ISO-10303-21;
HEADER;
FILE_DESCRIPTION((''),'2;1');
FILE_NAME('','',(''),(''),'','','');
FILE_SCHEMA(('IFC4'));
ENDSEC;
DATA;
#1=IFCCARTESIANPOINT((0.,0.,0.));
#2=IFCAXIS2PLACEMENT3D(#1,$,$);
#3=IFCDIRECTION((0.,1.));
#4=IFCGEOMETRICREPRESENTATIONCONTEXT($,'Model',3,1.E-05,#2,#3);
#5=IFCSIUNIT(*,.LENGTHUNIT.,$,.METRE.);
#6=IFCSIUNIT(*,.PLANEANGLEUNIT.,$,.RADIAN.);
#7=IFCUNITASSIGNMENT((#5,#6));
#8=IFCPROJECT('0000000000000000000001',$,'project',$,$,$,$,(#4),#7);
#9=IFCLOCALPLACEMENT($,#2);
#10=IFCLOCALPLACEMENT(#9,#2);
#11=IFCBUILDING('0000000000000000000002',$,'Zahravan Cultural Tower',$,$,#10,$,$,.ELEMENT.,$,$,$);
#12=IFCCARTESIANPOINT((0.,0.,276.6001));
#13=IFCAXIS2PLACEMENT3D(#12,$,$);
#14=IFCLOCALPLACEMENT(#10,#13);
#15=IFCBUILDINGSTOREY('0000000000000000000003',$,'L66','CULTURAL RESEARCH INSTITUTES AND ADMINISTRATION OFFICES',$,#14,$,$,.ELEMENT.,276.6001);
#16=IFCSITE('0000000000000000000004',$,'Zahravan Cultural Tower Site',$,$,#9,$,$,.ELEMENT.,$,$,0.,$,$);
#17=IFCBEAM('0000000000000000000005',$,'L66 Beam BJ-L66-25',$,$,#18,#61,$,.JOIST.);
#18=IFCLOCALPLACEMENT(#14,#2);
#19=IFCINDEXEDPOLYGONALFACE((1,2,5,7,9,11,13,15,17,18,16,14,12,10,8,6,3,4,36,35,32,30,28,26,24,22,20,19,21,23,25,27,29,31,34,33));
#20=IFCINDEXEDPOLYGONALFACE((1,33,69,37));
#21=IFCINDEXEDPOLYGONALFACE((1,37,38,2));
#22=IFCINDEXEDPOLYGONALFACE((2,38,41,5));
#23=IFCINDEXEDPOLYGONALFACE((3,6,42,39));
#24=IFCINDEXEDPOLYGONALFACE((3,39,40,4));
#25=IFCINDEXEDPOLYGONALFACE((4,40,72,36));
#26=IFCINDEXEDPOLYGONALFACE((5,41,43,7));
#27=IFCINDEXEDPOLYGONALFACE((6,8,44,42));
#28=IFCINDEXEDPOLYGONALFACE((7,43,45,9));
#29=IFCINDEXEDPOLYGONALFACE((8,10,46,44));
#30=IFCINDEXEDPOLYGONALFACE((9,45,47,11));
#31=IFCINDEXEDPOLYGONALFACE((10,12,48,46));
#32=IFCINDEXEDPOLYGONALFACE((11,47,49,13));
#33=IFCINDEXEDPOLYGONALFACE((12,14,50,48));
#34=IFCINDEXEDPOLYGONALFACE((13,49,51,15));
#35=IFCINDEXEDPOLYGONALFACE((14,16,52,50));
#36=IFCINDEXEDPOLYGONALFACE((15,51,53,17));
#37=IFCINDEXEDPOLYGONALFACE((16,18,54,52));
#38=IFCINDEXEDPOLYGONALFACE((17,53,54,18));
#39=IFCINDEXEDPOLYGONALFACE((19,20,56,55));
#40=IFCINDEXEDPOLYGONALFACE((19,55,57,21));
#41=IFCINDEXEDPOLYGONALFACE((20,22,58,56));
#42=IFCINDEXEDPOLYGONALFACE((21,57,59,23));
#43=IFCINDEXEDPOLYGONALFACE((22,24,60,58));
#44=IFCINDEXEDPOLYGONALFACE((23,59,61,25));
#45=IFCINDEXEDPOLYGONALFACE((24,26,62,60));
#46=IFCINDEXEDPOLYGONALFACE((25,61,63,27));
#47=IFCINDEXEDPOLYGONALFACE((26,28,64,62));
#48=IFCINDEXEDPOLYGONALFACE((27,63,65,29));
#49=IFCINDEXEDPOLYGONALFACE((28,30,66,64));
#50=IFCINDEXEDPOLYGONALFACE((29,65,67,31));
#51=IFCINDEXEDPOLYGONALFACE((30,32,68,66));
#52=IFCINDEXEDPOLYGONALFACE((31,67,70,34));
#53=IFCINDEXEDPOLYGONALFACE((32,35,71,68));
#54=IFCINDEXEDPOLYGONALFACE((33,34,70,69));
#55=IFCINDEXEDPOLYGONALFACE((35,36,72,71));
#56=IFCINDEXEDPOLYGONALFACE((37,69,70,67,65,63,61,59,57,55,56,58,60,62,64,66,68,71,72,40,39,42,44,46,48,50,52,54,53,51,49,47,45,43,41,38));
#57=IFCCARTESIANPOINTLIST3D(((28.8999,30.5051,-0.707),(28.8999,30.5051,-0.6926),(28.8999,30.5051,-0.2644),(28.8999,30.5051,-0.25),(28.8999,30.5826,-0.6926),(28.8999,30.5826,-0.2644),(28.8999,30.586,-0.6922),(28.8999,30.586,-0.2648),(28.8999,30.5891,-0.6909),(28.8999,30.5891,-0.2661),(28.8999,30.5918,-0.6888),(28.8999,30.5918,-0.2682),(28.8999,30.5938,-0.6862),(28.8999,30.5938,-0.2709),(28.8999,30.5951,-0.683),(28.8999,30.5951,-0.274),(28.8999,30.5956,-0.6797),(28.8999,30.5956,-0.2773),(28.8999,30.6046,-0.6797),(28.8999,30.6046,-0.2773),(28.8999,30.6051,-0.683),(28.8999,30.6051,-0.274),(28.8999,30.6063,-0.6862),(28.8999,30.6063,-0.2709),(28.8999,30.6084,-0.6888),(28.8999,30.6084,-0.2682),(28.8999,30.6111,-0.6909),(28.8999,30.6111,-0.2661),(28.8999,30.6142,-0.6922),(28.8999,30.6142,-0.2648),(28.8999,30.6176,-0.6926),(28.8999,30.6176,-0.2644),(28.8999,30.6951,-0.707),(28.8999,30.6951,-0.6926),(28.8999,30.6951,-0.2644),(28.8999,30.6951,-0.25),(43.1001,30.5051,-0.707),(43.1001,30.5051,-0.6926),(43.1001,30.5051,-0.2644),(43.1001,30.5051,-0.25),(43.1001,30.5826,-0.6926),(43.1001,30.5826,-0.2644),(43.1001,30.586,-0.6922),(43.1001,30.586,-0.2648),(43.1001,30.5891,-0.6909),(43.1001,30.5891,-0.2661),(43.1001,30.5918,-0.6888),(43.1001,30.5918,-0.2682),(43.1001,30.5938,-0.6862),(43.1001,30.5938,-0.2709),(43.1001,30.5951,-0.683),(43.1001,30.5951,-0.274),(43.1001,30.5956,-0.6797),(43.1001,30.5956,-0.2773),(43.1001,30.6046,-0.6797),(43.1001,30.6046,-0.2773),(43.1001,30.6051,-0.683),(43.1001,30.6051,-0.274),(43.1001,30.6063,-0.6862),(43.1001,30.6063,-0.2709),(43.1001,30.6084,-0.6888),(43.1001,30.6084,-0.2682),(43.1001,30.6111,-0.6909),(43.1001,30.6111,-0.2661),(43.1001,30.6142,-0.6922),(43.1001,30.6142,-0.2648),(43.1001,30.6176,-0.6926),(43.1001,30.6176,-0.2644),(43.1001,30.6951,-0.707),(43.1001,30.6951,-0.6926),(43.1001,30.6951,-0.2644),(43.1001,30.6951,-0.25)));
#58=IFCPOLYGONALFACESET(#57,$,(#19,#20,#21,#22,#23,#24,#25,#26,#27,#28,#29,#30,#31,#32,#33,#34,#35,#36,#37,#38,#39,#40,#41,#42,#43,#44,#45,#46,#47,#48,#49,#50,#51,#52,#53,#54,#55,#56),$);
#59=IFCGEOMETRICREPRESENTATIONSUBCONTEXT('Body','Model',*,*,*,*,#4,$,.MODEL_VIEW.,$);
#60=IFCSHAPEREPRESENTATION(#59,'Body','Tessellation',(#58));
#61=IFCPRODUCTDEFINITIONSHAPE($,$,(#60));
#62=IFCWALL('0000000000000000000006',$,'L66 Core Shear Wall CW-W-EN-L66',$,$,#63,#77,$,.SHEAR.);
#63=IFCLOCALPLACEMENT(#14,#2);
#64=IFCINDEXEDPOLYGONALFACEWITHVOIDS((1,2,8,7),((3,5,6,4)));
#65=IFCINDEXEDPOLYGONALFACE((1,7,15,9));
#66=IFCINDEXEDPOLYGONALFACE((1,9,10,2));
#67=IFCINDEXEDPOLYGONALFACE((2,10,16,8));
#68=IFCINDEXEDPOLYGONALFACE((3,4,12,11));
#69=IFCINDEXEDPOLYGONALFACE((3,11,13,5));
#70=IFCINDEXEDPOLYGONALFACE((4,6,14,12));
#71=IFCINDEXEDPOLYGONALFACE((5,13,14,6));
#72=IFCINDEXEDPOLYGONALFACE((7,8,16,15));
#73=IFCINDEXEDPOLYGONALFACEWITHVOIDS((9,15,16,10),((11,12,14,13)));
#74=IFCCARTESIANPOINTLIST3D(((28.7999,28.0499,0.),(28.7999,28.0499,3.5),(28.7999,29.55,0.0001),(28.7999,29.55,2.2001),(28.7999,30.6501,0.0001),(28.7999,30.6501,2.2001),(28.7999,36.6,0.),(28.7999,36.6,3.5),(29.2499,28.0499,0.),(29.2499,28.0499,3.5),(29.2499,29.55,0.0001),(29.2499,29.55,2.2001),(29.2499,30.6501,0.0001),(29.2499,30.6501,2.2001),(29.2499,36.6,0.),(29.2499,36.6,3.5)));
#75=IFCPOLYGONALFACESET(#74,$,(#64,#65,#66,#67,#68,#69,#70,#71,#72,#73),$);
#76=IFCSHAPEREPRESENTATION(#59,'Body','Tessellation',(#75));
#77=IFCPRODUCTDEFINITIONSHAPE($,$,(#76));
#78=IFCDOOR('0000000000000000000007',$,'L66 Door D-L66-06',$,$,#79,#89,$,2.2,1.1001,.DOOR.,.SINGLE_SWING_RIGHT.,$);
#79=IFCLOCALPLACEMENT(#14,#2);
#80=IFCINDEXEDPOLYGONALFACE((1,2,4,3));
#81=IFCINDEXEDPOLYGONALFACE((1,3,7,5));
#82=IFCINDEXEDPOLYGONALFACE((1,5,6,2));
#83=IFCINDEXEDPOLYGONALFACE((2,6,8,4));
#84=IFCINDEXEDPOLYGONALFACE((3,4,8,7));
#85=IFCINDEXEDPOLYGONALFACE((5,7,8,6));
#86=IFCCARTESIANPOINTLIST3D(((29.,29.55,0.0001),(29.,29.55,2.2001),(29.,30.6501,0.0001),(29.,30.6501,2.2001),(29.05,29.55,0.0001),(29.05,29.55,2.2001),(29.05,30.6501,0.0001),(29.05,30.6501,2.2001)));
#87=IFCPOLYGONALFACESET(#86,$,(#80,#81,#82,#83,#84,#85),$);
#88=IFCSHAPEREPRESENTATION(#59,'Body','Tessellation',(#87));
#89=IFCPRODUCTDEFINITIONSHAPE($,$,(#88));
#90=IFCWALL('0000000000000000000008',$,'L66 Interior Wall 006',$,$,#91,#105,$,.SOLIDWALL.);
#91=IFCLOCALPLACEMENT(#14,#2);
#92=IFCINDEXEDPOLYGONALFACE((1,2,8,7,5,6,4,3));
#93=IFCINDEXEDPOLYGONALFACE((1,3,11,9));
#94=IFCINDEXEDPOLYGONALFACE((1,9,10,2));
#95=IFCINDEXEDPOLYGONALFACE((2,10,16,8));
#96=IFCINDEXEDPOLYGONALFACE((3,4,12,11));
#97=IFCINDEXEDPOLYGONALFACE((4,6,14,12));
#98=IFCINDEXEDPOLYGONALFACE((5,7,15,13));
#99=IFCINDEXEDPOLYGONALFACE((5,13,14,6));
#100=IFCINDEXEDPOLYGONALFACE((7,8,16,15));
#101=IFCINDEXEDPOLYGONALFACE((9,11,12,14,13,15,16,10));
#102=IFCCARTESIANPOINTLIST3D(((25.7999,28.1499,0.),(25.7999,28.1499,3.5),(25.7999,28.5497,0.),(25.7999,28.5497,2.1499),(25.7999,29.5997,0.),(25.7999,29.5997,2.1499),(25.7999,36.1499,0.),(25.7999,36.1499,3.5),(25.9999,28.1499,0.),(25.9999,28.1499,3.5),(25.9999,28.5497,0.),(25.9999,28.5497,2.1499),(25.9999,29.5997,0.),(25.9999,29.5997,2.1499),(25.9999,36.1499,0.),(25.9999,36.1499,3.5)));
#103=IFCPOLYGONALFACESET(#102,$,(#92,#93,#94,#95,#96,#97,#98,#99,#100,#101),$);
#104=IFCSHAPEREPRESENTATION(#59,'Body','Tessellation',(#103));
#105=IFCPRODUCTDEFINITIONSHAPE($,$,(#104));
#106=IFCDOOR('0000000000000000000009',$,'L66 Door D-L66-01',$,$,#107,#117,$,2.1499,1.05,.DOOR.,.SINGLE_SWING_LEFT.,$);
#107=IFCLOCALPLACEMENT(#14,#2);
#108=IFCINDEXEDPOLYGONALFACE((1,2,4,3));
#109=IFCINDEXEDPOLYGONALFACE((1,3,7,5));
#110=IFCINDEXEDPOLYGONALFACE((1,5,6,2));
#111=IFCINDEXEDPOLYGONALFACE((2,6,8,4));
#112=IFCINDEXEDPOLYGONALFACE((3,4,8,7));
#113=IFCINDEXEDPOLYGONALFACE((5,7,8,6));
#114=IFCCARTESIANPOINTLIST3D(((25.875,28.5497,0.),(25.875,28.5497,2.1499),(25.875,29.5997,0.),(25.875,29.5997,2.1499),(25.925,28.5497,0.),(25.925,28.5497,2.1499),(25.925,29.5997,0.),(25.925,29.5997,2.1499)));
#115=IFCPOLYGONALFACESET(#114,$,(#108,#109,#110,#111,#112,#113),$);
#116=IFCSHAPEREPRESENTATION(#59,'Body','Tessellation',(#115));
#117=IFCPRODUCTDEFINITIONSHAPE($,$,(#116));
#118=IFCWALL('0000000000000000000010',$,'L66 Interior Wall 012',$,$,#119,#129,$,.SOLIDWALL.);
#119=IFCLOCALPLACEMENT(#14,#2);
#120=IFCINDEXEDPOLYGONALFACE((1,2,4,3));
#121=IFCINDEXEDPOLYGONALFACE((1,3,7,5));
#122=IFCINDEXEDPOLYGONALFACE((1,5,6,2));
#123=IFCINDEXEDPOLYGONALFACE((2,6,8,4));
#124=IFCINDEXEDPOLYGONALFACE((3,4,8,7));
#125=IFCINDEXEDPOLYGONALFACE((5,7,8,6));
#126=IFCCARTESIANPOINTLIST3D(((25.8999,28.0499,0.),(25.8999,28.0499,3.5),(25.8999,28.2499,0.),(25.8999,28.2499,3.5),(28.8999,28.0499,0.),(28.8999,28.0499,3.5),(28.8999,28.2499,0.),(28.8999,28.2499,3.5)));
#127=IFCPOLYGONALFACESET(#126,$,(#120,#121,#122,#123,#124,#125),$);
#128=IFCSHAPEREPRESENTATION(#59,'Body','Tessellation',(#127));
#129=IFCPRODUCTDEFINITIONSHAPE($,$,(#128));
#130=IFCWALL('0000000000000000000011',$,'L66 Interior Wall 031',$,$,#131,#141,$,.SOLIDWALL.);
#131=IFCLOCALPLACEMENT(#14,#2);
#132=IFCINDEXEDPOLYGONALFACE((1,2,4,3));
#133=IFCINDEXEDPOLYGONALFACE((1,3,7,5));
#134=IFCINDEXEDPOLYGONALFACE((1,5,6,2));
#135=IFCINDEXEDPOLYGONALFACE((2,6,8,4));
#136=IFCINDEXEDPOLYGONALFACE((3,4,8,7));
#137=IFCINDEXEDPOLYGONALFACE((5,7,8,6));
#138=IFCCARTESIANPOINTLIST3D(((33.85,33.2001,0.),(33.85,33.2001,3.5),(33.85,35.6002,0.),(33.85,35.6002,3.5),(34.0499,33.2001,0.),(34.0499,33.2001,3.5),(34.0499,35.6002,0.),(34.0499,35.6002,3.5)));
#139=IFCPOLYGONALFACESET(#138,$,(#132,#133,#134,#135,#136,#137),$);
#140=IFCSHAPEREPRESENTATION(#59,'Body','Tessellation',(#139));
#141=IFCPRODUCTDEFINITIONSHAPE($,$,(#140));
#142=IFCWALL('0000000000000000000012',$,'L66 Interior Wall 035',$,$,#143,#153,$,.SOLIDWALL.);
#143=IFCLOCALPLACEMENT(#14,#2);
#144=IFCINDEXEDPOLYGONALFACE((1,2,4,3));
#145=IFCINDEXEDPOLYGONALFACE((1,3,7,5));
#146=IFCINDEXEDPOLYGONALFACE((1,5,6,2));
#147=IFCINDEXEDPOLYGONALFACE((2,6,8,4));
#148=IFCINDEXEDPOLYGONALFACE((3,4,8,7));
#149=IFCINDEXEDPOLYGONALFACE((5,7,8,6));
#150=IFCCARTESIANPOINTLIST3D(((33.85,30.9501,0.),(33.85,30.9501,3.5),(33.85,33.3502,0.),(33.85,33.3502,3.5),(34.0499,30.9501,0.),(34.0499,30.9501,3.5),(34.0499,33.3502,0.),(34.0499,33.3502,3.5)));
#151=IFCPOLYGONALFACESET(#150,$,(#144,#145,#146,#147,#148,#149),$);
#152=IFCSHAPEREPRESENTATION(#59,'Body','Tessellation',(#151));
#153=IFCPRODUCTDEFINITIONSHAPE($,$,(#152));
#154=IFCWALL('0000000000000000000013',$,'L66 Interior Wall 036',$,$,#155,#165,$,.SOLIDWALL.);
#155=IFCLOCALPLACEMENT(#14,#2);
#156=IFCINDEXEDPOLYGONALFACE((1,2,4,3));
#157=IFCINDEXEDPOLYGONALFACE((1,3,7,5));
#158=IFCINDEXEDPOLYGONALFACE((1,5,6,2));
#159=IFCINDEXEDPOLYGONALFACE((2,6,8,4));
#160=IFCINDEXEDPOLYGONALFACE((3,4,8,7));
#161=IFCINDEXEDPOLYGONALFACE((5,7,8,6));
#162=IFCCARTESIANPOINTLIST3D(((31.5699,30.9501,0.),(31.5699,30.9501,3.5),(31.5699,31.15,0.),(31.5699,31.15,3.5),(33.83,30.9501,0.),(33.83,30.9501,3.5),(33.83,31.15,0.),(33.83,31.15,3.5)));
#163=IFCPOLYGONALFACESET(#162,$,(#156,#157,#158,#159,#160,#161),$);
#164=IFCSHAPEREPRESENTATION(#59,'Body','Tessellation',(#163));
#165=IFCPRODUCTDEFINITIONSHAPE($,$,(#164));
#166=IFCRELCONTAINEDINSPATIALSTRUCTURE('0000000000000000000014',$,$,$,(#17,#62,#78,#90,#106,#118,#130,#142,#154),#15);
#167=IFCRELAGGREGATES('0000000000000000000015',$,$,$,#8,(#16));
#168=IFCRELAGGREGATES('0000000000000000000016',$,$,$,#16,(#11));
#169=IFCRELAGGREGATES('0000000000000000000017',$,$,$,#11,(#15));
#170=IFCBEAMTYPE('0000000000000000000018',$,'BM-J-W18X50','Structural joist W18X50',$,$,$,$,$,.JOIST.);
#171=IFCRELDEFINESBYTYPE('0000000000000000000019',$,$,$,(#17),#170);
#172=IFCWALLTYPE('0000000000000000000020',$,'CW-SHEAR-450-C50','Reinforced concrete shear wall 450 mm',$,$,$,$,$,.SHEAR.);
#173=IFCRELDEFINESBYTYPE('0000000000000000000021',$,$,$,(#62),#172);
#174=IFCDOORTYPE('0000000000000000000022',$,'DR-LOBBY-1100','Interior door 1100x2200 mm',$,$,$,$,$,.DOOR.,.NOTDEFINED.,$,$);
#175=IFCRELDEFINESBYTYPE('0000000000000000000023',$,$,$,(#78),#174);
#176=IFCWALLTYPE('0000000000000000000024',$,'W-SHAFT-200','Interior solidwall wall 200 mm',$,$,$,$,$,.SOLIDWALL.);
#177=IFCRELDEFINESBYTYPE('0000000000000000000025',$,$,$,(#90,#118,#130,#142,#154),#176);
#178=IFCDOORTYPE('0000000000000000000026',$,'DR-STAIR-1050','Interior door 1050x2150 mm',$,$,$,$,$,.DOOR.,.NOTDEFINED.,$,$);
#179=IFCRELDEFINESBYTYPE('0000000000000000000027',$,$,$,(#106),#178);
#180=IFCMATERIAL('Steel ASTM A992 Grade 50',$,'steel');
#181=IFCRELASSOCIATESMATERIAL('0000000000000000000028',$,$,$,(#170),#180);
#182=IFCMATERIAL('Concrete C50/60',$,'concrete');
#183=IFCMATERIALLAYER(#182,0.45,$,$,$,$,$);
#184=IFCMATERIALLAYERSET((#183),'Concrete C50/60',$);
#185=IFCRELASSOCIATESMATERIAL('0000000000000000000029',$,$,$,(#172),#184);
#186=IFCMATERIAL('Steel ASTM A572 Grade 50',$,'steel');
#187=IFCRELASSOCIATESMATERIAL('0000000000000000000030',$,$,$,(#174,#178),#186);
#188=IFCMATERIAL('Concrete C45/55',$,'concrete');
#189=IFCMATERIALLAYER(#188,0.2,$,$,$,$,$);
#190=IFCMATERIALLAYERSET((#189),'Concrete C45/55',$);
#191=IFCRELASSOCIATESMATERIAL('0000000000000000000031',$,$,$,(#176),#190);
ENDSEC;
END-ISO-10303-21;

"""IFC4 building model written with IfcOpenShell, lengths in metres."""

from ifc_helpers import new_model, si_unit, direction, frame, frame_2d, origin, origin_2d, place, context, subcontext, project, spatial, rectangle, i_section, extrude, source, transform, mapped, material, layer, layer_set, material_profile, profile_set, type_object, element, fill, save


model = new_model("IFC4")

# Units and contexts
model_context = context("Model", 3, precision=1e-05, world=origin(), true_north=direction((0.0, 1.0)))
body_context = subcontext(model_context, "Body", "Model", "MODEL_VIEW")
ifc_project = project(units=[si_unit("LENGTHUNIT", "METRE"), si_unit("PLANEANGLEUNIT", "RADIAN")], contexts=[model_context])

# Site, building, storey
site_placement = place(None, origin())
site = spatial("IfcSite", under=ifc_project, at=site_placement, Name="Zahravan Cultural Tower Site", CompositionType="ELEMENT", RefElevation=0.0)
building_placement = place(site_placement, origin())
building = spatial("IfcBuilding", under=site, at=building_placement, Name="Zahravan Cultural Tower", CompositionType="ELEMENT")
storey_placement = place(building_placement, frame((0.0, 0.0, 276.6001)))
storey = spatial("IfcBuildingStorey", under=building, at=storey_placement, Name="L66", Description="CULTURAL RESEARCH INSTITUTES AND ADMINISTRATION OFFICES", CompositionType="ELEMENT", Elevation=276.6001)

# Beam
ifc_material_1 = material(Name="Steel ASTM A992 Grade 50", Category="steel")
ifc_material_profile = material_profile(ifc_material_1, i_section(OverallWidth=0.1899, OverallDepth=0.457, WebThickness=0.009, FlangeThickness=0.0144, FilletRadius=0.0129, at=origin_2d()), Name="W18X50")
ifc_profile_set = profile_set([ifc_material_profile], Name="Steel ASTM A992 Grade 50")
beam_type = type_object("IfcBeamType", Name="BM-J-W18X50", Description="Structural joist W18X50", PredefinedType="JOIST", material=ifc_profile_set)
shared_shape_1 = source(origin(), body_context, "Body", "SweptSolid", [
    extrude(i_section(OverallWidth=0.1899, OverallDepth=0.457, WebThickness=0.009, FlangeThickness=0.0144, FilletRadius=0.0129, at=origin_2d()), origin(), (0.0, 0.0, 1.0), 14.2002),
])
beam_placement = place(storey_placement, frame((28.8999, 30.6001, -0.4785), z_axis=(1.0, 0.0, 0.0), x_axis=(0.0, 1.0, 0.0)))
element("IfcBeam", 1, at=beam_placement, inside=storey, type_object=beam_type, Name="L66 Beam BJ-L66-25", PredefinedType="JOIST", context=body_context, shape_type="MappedRepresentation", body=[
    mapped(shared_shape_1, transform((0.0, 0.0, 0.0), x_axis=(1.0, 0.0, 0.0), y_axis=(0.0, 1.0, 0.0), z_axis=(0.0, 0.0, 1.0), scale=1.0)),
])

# Walls, openings, doors
ifc_material_2 = material(Name="Concrete C50/60", Category="concrete")
ifc_layer_1 = layer(ifc_material_2, 0.45)
ifc_layer_set_1 = layer_set([ifc_layer_1], Name="Concrete C50/60")
wall_type_1 = type_object("IfcWallType", Name="CW-SHEAR-450-C50", Description="Reinforced concrete shear wall 450 mm", PredefinedType="SHEAR", material=ifc_layer_set_1)
wall_1_placement = place(storey_placement, frame((29.0249, 28.05, 0.0), z_axis=(0.0, 0.0, 1.0), x_axis=(0.0, 1.0, 0.0)))
wall_1 = element("IfcWall", 2, at=wall_1_placement, inside=storey, type_object=wall_type_1, Name="L66 Core Shear Wall CW-W-EN-L66", PredefinedType="SHEAR", context=body_context, shape_type="SweptSolid", body=[
    extrude(rectangle(XDim=8.55, YDim=0.45, at=frame_2d((4.2749, 0.0))), origin(), (0.0, 0.0, 1.0), 3.5),
])
opening_1_placement = place(wall_1_placement, frame((1.5, 0.0, 0.0)))
opening_1 = element("IfcOpeningElement", 3, at=opening_1_placement, cuts=wall_1, PredefinedType="OPENING", context=body_context, shape_type="SweptSolid", body=[
    extrude(rectangle(XDim=1.1001, YDim=2.2, at=frame_2d((0.55, 1.1001))), frame((0.0, 0.2349, 0.0), z_axis=(0.0, -1.0, 0.0), x_axis=(1.0, 0.0, 0.0)), (0.0, 0.0, 1.0), 0.47),
])
ifc_material_3 = material(Name="Steel ASTM A572 Grade 50", Category="steel")
door_type_1 = type_object("IfcDoorType", Name="DR-LOBBY-1100", Description="Interior door 1100x2200 mm", OperationType="NOTDEFINED", PredefinedType="DOOR", material=ifc_material_3)
shared_shape_2 = source(origin(), body_context, "Body", "SweptSolid", [
    extrude(rectangle(XDim=1.1001, YDim=2.2, at=frame_2d((0.55, 1.1001))), frame((0.0, 0.0249, 0.0), z_axis=(0.0, -1.0, 0.0), x_axis=(1.0, 0.0, 0.0)), (0.0, 0.0, 1.0), 0.05),
])
door_1_placement = place(opening_1_placement, origin())
door_1 = element("IfcDoor", 4, at=door_1_placement, inside=storey, type_object=door_type_1, Name="L66 Door D-L66-06", OperationType="SINGLE_SWING_RIGHT", OverallHeight=2.2, OverallWidth=1.1001, PredefinedType="DOOR", context=body_context, shape_type="MappedRepresentation", body=[
    mapped(shared_shape_2, transform((0.0, 0.0, 0.0), x_axis=(1.0, 0.0, 0.0), y_axis=(0.0, 1.0, 0.0), z_axis=(0.0, 0.0, 1.0), scale=1.0)),
])
fill(opening_1, door_1)
ifc_material_4 = material(Name="Concrete C45/55", Category="concrete")
ifc_layer_2 = layer(ifc_material_4, 0.2)
ifc_layer_set_2 = layer_set([ifc_layer_2], Name="Concrete C45/55")
wall_type_2 = type_object("IfcWallType", Name="W-SHAFT-200", Description="Interior solidwall wall 200 mm", PredefinedType="SOLIDWALL", material=ifc_layer_set_2)
wall_2_placement = place(storey_placement, frame((25.8999, 28.1499, 0.0), z_axis=(0.0, 0.0, 1.0), x_axis=(0.0, 1.0, 0.0)))
wall_2 = element("IfcWall", 5, at=wall_2_placement, inside=storey, type_object=wall_type_2, Name="L66 Interior Wall 006", PredefinedType="SOLIDWALL", context=body_context, shape_type="SweptSolid", body=[
    extrude(rectangle(XDim=8.0, YDim=0.2, at=frame_2d((4.0, 0.0))), origin(), (0.0, 0.0, 1.0), 3.5),
])
opening_2_placement = place(wall_2_placement, frame((0.3999, 0.0, 0.0)))
opening_2 = element("IfcOpeningElement", 6, at=opening_2_placement, cuts=wall_2, PredefinedType="OPENING", context=body_context, shape_type="SweptSolid", body=[
    extrude(rectangle(XDim=1.05, YDim=2.1499, at=frame_2d((0.5249, 1.075))), frame((0.0, 0.1099, 0.0), z_axis=(0.0, -1.0, 0.0), x_axis=(1.0, 0.0, 0.0)), (0.0, 0.0, 1.0), 0.22),
])
door_type_2 = type_object("IfcDoorType", Name="DR-STAIR-1050", Description="Interior door 1050x2150 mm", OperationType="NOTDEFINED", PredefinedType="DOOR", material=ifc_material_3)
shared_shape_3 = source(origin(), body_context, "Body", "SweptSolid", [
    extrude(rectangle(XDim=1.05, YDim=2.1499, at=frame_2d((0.5249, 1.075))), frame((0.0, 0.0249, 0.0), z_axis=(0.0, -1.0, 0.0), x_axis=(1.0, 0.0, 0.0)), (0.0, 0.0, 1.0), 0.05),
])
door_2_placement = place(opening_2_placement, origin())
door_2 = element("IfcDoor", 7, at=door_2_placement, inside=storey, type_object=door_type_2, Name="L66 Door D-L66-01", OperationType="SINGLE_SWING_LEFT", OverallHeight=2.1499, OverallWidth=1.05, PredefinedType="DOOR", context=body_context, shape_type="MappedRepresentation", body=[
    mapped(shared_shape_3, transform((0.0, 0.0, 0.0), x_axis=(1.0, 0.0, 0.0), y_axis=(0.0, 1.0, 0.0), z_axis=(0.0, 0.0, 1.0), scale=1.0)),
])
fill(opening_2, door_2)

# Walls
shared_shape_4 = source(origin(), body_context, "Body", "SweptSolid", [
    extrude(rectangle(XDim=3.0, YDim=0.2, at=frame_2d((1.5, 0.0))), origin(), (0.0, 0.0, 1.0), 3.5),
])
wall_3_placement = place(storey_placement, frame((25.8999, 28.1499, 0.0), z_axis=(0.0, 0.0, 1.0), x_axis=(1.0, 0.0, 0.0)))
element("IfcWall", 8, at=wall_3_placement, inside=storey, type_object=wall_type_2, Name="L66 Interior Wall 012", PredefinedType="SOLIDWALL", context=body_context, shape_type="MappedRepresentation", body=[
    mapped(shared_shape_4, transform((0.0, 0.0, 0.0), x_axis=(1.0, 0.0, 0.0), y_axis=(0.0, 1.0, 0.0), z_axis=(0.0, 0.0, 1.0), scale=1.0)),
])
shared_shape_5 = source(origin(), body_context, "Body", "SweptSolid", [
    extrude(rectangle(XDim=2.4001, YDim=0.2, at=frame_2d((1.2002, 0.0))), origin(), (0.0, 0.0, 1.0), 3.5),
])
for number, where, z_axis, x_axis, name in (
    (9, (33.95, 33.2, 0.0), (0.0, 0.0, 1.0), (0.0, 1.0, 0.0), "L66 Interior Wall 031"),
    (10, (33.95, 30.95, 0.0), (0.0, 0.0, 1.0), (0.0, 1.0, 0.0), "L66 Interior Wall 035"),
):
    element("IfcWall", number, at=place(storey_placement, frame(where, z_axis=z_axis, x_axis=x_axis)), inside=storey, type_object=wall_type_2, Name=name, PredefinedType="SOLIDWALL", context=body_context, shape_type="MappedRepresentation", body=[
        mapped(shared_shape_5, transform((0.0, 0.0, 0.0), x_axis=(1.0, 0.0, 0.0), y_axis=(0.0, 1.0, 0.0), z_axis=(0.0, 0.0, 1.0), scale=1.0)),
    ])
shared_shape_6 = source(origin(), body_context, "Body", "SweptSolid", [
    extrude(rectangle(XDim=2.26, YDim=0.2, at=frame_2d((1.1299, 0.0))), origin(), (0.0, 0.0, 1.0), 3.5),
])
wall_4_placement = place(storey_placement, frame((31.5701, 31.05, 0.0), z_axis=(0.0, 0.0, 1.0), x_axis=(1.0, 0.0, 0.0)))
element("IfcWall", 11, at=wall_4_placement, inside=storey, type_object=wall_type_2, Name="L66 Interior Wall 036", PredefinedType="SOLIDWALL", context=body_context, shape_type="MappedRepresentation", body=[
    mapped(shared_shape_6, transform((0.0, 0.0, 0.0), x_axis=(1.0, 0.0, 0.0), y_axis=(0.0, 1.0, 0.0), z_axis=(0.0, 0.0, 1.0), scale=1.0)),
])

save(model, "model.ifc")
